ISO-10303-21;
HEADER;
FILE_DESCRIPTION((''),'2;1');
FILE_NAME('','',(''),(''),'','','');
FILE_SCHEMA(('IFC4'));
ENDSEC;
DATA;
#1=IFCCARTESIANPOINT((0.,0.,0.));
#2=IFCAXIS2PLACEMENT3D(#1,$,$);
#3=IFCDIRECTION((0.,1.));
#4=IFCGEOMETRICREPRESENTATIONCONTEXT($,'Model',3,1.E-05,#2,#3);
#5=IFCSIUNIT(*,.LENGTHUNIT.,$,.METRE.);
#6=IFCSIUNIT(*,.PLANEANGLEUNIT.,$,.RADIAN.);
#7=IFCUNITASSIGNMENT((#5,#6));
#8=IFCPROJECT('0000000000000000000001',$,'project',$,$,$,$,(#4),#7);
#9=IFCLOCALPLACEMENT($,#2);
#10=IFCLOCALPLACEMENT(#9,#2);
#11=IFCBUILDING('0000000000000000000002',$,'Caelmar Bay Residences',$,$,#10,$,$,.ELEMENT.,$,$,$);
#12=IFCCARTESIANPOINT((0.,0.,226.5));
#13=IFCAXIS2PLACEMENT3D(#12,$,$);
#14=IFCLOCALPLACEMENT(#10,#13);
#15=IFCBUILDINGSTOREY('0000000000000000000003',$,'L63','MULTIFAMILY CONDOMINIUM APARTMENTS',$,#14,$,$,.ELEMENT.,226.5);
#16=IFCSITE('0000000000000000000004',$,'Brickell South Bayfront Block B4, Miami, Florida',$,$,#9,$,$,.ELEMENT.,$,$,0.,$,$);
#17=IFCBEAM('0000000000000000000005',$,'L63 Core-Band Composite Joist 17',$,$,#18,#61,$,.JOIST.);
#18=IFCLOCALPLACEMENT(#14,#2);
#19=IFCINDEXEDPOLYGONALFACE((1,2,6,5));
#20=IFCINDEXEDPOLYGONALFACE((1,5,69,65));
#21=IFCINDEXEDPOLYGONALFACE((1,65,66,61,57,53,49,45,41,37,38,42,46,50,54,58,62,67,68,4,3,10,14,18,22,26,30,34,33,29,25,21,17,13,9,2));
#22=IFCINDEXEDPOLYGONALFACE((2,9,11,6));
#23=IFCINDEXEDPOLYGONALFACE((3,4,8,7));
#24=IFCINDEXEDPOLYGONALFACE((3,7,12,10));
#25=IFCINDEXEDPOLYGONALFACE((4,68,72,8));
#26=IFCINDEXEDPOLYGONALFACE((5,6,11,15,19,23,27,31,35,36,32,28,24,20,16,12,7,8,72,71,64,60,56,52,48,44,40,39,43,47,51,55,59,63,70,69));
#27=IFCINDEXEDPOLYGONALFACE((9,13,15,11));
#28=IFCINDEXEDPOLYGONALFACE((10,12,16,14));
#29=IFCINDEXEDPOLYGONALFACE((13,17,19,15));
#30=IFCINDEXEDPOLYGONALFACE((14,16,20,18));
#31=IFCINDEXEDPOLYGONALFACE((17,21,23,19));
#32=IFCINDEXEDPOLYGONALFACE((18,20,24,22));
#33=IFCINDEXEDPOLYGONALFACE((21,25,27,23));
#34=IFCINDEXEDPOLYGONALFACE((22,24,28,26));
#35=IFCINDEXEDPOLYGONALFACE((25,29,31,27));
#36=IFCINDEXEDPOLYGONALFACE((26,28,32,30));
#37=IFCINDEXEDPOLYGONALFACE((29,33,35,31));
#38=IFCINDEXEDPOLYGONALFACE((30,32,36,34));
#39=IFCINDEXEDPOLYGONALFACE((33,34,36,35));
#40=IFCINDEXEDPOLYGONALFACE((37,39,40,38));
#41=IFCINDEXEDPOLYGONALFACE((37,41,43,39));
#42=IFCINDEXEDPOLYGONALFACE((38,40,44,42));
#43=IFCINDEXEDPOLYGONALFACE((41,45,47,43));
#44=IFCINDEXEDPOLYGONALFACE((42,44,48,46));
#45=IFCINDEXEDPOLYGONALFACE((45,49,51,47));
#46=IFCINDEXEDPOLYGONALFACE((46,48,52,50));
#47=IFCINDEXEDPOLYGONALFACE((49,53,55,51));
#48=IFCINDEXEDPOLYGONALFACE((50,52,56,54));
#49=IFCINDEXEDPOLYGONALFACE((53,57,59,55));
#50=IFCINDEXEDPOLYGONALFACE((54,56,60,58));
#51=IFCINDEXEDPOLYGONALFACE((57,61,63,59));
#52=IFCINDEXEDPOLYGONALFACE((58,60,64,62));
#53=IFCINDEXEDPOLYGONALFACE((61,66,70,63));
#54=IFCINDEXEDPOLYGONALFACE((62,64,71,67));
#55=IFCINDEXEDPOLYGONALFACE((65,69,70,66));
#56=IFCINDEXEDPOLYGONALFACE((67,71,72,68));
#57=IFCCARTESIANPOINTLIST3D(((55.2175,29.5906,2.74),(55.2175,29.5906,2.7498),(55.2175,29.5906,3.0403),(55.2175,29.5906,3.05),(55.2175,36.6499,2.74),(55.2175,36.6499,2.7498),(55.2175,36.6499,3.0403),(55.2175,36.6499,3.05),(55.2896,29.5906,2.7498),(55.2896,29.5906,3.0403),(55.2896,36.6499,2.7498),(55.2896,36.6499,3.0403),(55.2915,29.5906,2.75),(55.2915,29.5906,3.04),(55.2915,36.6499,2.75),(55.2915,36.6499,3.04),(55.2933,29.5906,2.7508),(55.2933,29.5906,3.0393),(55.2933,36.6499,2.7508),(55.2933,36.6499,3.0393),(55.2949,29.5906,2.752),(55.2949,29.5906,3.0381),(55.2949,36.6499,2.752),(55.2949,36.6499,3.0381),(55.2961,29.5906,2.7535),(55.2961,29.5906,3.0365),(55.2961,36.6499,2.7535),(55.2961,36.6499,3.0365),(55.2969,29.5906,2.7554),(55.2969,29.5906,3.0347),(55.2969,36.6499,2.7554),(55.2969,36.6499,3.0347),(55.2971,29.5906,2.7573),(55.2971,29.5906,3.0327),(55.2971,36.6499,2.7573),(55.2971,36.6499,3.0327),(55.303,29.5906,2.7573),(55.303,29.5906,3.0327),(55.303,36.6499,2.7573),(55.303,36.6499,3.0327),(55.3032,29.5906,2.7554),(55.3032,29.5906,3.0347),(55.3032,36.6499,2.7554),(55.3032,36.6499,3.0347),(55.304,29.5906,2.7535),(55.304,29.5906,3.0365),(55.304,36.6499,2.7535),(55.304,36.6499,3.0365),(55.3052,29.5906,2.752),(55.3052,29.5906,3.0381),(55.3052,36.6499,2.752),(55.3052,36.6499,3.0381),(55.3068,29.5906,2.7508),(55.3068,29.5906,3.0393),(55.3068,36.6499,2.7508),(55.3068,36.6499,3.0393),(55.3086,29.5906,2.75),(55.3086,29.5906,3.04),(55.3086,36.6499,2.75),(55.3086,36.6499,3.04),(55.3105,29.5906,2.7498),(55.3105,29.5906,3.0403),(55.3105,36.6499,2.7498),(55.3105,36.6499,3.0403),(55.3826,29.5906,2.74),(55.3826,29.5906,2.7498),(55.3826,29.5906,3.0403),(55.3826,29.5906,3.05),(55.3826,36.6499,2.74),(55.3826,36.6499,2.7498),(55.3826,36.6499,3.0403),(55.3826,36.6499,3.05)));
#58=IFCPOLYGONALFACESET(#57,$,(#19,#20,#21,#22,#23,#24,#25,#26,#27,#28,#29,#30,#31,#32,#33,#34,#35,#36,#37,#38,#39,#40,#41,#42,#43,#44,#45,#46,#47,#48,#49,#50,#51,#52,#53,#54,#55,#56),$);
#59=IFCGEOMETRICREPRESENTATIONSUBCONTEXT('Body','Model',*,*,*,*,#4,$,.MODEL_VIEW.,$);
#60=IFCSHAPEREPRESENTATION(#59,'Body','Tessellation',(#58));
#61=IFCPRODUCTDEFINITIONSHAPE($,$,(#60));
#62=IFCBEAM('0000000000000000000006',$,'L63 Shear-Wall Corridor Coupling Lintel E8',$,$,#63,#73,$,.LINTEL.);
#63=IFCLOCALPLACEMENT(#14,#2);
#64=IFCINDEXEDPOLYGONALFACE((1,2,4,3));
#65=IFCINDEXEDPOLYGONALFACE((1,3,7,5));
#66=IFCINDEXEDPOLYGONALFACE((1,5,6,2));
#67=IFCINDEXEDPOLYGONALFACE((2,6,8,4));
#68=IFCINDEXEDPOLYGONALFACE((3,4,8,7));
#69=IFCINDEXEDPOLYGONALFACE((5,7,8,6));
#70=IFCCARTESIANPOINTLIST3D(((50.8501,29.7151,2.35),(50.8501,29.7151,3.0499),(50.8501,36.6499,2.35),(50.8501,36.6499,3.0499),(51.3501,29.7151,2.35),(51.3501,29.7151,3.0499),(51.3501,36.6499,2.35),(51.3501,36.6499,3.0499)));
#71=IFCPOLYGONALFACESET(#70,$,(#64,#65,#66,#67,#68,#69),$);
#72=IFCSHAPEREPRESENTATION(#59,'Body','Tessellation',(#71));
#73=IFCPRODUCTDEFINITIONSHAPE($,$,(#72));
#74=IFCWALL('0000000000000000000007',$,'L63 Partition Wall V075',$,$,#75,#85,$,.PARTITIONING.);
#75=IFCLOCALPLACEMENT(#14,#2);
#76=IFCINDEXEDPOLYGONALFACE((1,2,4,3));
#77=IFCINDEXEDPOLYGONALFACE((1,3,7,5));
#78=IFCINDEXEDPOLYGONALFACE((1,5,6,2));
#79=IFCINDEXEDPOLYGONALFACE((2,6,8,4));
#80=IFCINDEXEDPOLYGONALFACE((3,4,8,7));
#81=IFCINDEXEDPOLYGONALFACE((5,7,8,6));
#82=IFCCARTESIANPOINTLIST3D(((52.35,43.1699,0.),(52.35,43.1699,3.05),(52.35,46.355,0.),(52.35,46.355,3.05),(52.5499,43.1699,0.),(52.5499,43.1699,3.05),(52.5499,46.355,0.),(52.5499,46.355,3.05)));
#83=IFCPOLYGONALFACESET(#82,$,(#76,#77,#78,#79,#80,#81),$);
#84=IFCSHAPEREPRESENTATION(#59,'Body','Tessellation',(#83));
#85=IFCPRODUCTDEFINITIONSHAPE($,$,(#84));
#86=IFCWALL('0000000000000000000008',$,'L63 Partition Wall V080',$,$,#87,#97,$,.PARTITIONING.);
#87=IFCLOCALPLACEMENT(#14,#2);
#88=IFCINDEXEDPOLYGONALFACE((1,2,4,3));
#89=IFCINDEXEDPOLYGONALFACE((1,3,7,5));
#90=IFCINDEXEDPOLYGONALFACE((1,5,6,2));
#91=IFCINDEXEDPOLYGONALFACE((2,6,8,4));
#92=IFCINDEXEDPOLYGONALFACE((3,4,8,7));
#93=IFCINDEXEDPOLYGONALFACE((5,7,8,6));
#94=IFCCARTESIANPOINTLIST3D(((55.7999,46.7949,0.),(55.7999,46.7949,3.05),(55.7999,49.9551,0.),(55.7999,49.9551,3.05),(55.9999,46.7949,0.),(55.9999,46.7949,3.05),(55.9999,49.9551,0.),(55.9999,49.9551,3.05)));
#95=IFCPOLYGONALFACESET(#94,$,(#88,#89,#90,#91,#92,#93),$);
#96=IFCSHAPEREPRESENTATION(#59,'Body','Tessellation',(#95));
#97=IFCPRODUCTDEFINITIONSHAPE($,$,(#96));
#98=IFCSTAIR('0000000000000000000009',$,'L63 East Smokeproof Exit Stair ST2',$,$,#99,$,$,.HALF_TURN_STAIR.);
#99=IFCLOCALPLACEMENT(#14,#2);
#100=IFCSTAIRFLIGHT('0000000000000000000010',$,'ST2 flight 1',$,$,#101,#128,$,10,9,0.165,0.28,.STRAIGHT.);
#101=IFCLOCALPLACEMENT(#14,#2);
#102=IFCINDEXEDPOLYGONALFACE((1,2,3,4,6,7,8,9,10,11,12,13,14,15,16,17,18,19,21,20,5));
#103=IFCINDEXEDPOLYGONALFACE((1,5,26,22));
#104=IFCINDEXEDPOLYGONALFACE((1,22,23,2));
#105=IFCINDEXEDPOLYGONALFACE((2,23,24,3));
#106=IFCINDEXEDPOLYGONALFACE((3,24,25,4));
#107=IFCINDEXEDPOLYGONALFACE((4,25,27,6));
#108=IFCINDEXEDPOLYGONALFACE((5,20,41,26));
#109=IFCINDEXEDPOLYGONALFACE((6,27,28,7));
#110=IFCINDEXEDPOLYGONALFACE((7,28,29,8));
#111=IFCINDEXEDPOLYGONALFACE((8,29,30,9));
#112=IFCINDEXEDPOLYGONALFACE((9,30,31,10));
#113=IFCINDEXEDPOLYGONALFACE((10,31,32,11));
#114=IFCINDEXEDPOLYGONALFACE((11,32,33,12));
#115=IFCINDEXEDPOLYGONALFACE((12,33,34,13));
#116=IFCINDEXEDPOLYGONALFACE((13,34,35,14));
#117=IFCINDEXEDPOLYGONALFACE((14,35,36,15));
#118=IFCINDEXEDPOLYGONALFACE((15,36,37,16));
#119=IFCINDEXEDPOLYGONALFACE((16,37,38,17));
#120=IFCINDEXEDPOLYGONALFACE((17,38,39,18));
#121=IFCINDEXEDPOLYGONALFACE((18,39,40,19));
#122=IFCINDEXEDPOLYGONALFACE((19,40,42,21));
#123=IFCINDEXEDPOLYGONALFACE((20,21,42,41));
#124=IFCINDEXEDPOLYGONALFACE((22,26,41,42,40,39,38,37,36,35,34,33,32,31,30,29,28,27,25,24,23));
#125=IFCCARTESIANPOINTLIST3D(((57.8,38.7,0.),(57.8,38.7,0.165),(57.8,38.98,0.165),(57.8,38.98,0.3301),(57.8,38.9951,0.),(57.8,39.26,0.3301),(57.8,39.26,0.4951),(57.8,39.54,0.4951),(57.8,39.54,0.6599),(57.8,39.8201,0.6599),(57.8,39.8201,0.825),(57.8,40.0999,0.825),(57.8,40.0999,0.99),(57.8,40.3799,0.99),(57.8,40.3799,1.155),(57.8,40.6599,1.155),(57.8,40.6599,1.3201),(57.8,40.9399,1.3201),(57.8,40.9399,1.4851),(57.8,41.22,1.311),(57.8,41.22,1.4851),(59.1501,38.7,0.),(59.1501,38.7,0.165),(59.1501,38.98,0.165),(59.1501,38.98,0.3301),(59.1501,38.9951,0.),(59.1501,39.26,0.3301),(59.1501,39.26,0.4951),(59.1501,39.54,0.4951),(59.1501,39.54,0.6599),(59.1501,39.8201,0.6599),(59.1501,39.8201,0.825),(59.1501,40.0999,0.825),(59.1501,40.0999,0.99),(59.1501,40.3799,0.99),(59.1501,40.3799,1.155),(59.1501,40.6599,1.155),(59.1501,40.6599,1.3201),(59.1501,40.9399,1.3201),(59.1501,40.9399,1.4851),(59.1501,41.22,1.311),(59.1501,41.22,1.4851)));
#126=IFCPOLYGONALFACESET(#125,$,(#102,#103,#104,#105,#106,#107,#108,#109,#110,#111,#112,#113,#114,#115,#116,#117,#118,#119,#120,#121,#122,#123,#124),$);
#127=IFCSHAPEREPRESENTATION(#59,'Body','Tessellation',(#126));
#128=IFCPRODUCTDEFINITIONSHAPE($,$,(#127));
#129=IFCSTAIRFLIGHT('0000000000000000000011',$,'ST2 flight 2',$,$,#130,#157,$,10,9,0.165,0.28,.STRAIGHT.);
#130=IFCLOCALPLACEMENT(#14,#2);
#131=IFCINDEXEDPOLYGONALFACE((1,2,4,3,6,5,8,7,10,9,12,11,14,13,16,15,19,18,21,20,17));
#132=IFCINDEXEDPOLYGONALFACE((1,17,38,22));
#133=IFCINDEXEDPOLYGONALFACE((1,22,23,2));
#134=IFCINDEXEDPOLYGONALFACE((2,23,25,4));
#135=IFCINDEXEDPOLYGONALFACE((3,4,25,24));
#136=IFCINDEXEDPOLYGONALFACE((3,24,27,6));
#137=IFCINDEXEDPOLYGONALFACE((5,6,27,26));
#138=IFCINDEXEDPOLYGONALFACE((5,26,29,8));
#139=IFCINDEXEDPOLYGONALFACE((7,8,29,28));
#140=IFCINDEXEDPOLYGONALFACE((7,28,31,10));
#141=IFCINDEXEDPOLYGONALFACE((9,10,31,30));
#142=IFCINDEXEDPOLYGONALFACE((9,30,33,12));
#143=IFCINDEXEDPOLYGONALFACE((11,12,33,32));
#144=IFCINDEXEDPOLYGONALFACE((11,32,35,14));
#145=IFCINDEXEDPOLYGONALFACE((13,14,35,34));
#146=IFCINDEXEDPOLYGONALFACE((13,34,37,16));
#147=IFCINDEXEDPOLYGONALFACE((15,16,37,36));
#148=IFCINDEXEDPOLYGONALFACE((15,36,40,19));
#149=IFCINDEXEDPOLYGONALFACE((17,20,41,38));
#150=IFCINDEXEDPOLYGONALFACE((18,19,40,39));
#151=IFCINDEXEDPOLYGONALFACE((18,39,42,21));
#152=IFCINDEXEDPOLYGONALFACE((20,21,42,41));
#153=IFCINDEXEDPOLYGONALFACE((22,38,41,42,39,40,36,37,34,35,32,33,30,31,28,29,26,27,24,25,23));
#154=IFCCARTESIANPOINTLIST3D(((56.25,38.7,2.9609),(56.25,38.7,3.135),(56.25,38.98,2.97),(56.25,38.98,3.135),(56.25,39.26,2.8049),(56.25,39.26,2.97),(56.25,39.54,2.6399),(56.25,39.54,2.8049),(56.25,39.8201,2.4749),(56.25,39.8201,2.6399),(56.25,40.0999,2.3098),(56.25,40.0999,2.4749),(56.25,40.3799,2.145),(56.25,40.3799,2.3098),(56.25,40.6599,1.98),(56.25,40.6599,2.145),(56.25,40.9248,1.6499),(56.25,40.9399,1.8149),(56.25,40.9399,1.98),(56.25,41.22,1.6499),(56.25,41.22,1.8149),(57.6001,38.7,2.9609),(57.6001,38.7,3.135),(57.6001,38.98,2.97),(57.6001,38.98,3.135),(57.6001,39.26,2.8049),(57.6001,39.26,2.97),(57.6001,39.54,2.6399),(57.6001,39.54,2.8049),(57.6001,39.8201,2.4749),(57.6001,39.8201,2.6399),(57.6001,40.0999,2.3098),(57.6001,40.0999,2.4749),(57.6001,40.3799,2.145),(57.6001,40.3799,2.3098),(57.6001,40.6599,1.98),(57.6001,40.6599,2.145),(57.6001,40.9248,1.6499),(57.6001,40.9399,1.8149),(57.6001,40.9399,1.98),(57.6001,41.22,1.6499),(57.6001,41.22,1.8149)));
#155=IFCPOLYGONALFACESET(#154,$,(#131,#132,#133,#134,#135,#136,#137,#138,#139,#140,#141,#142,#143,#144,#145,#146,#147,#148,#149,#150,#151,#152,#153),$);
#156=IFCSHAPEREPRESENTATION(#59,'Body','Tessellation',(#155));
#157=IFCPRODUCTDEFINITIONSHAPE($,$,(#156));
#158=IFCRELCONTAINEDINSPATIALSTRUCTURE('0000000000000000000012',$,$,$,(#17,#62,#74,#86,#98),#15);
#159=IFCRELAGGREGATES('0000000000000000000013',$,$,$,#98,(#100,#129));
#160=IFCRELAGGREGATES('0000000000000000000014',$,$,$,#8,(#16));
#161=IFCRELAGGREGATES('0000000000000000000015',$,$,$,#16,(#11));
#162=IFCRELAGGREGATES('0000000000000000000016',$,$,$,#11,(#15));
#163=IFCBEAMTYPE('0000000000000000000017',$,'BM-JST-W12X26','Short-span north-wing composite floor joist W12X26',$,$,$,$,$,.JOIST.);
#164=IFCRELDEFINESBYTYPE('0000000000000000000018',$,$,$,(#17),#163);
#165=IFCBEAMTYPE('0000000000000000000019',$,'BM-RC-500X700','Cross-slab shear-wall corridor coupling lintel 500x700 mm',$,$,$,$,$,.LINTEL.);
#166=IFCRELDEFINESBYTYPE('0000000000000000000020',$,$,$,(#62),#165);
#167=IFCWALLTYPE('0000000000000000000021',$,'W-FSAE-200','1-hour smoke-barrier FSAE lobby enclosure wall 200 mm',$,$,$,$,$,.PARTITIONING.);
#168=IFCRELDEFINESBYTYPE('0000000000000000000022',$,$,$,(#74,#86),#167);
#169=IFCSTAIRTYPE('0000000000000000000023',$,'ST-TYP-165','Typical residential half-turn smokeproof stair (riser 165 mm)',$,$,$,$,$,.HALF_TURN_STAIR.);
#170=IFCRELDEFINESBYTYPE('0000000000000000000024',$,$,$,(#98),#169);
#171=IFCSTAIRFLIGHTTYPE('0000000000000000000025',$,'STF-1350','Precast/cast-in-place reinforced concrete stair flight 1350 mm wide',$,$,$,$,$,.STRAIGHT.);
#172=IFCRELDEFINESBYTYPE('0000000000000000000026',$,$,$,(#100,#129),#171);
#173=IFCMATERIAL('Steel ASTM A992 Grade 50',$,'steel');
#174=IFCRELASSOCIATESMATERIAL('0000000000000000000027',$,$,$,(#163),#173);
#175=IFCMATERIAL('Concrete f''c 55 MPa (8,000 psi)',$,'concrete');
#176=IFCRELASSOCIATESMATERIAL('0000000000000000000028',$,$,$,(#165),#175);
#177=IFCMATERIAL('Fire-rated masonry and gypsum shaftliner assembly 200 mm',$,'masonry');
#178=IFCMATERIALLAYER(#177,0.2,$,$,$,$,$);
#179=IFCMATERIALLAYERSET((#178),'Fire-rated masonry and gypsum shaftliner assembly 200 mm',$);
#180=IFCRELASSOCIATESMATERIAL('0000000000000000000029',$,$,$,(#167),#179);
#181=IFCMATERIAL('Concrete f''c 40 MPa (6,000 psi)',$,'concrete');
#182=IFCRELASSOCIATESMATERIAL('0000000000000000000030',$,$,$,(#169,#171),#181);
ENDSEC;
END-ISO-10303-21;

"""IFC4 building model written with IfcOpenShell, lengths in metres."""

from ifc_helpers import new_model, si_unit, direction, frame, frame_2d, origin, origin_2d, place, context, subcontext, project, spatial, polyline, rectangle, i_section, outline, extrude, material, layer, layer_set, material_profile, profile_set, type_object, element, aggregate, save


model = new_model("IFC4")

# Units and contexts
model_context = context("Model", 3, precision=1e-05, world=origin(), true_north=direction((0.0, 1.0)))
body_context = subcontext(model_context, "Body", "Model", "MODEL_VIEW")
ifc_project = project(units=[si_unit("LENGTHUNIT", "METRE"), si_unit("PLANEANGLEUNIT", "RADIAN")], contexts=[model_context])

# Site, building, storey
site_placement = place(None, origin())
site = spatial("IfcSite", under=ifc_project, at=site_placement, Name="Brickell South Bayfront Block B4, Miami, Florida", CompositionType="ELEMENT", RefElevation=0.0)
building_placement = place(site_placement, origin())
building = spatial("IfcBuilding", under=site, at=building_placement, Name="Caelmar Bay Residences", CompositionType="ELEMENT")
storey_placement = place(building_placement, frame((0.0, 0.0, 226.5)))
storey = spatial("IfcBuildingStorey", under=building, at=storey_placement, Name="L63", Description="MULTIFAMILY CONDOMINIUM APARTMENTS", CompositionType="ELEMENT", Elevation=226.5)

# Beams
ifc_material_1 = material(Name="Steel ASTM A992 Grade 50", Category="steel")
ifc_material_profile_1 = material_profile(ifc_material_1, i_section(OverallWidth=0.165, OverallDepth=0.3101, WebThickness=0.0059, FlangeThickness=0.0098, FilletRadius=0.0076, at=origin_2d()), Name="W12X26")
ifc_profile_set_1 = profile_set([ifc_material_profile_1], Name="Steel ASTM A992 Grade 50")
beam_type_1 = type_object("IfcBeamType", Name="BM-JST-W12X26", Description="Short-span north-wing composite floor joist W12X26", PredefinedType="JOIST", material=ifc_profile_set_1)
beam_1_placement = place(storey_placement, frame((55.3, 29.5906, 2.895), z_axis=(0.0, 1.0, 0.0), x_axis=(-1.0, 0.0, 0.0)))
element("IfcBeam", 1, at=beam_1_placement, inside=storey, type_object=beam_type_1, Name="L63 Core-Band Composite Joist 17", PredefinedType="JOIST", context=body_context, shape_type="SweptSolid", body=[
    extrude(i_section(OverallWidth=0.165, OverallDepth=0.3101, WebThickness=0.0059, FlangeThickness=0.0098, FilletRadius=0.0076, at=origin_2d()), origin(), (0.0, 0.0, 1.0), 7.0593),
])
ifc_material_2 = material(Name="Concrete f'c 55 MPa (8,000 psi)", Category="concrete")
ifc_material_profile_2 = material_profile(ifc_material_2, rectangle(XDim=0.5, YDim=0.7, at=origin_2d()), Name="RC-BM-500X700")
ifc_profile_set_2 = profile_set([ifc_material_profile_2], Name="Concrete f'c 55 MPa (8,000 psi)")
beam_type_2 = type_object("IfcBeamType", Name="BM-RC-500X700", Description="Cross-slab shear-wall corridor coupling lintel 500x700 mm", PredefinedType="LINTEL", material=ifc_profile_set_2)
beam_2_placement = place(storey_placement, frame((51.1001, 29.7151, 2.7), z_axis=(0.0, 1.0, 0.0), x_axis=(-1.0, 0.0, 0.0)))
element("IfcBeam", 2, at=beam_2_placement, inside=storey, type_object=beam_type_2, Name="L63 Shear-Wall Corridor Coupling Lintel E8", PredefinedType="LINTEL", context=body_context, shape_type="SweptSolid", body=[
    extrude(rectangle(XDim=0.5, YDim=0.7, at=origin_2d()), origin(), (0.0, 0.0, 1.0), 6.9348),
])

# Walls
ifc_material_3 = material(Name="Fire-rated masonry and gypsum shaftliner assembly 200 mm", Category="masonry")
ifc_layer_1 = layer(ifc_material_3, 0.2)
ifc_layer_set_1 = layer_set([ifc_layer_1], Name="Fire-rated masonry and gypsum shaftliner assembly 200 mm")
wall_type_1 = type_object("IfcWallType", Name="W-FSAE-200", Description="1-hour smoke-barrier FSAE lobby enclosure wall 200 mm", PredefinedType="PARTITIONING", material=ifc_layer_set_1)
wall_1_placement = place(storey_placement, frame((52.45, 43.1699, 0.0), z_axis=(0.0, 0.0, 1.0), x_axis=(0.0, 1.0, 0.0)))
element("IfcWall", 3, at=wall_1_placement, inside=storey, type_object=wall_type_1, Name="L63 Partition Wall V075", PredefinedType="PARTITIONING", context=body_context, shape_type="SweptSolid", body=[
    extrude(rectangle(XDim=3.1851, YDim=0.2, at=frame_2d((1.5925, 0.0))), origin(), (0.0, 0.0, 1.0), 3.05),
])
wall_2_placement = place(storey_placement, frame((55.8999, 46.7949, 0.0), z_axis=(0.0, 0.0, 1.0), x_axis=(0.0, 1.0, 0.0)))
element("IfcWall", 4, at=wall_2_placement, inside=storey, type_object=wall_type_1, Name="L63 Partition Wall V080", PredefinedType="PARTITIONING", context=body_context, shape_type="SweptSolid", body=[
    extrude(rectangle(XDim=3.1602, YDim=0.2, at=frame_2d((1.5801, 0.0))), origin(), (0.0, 0.0, 1.0), 3.05),
])

# Stair, stair flights
ifc_material_4 = material(Name="Concrete f'c 40 MPa (6,000 psi)", Category="concrete")
stair_type = type_object("IfcStairType", Name="ST-TYP-165", Description="Typical residential half-turn smokeproof stair (riser 165 mm)", PredefinedType="HALF_TURN_STAIR", material=ifc_material_4)
stair_placement = place(storey_placement, origin())
stair = element("IfcStair", 5, at=stair_placement, inside=storey, type_object=stair_type, Name="L63 East Smokeproof Exit Stair ST2", PredefinedType="HALF_TURN_STAIR")
stair_flight_type = type_object("IfcStairFlightType", Name="STF-1350", Description="Precast/cast-in-place reinforced concrete stair flight 1350 mm wide", PredefinedType="STRAIGHT", material=ifc_material_4)
stair_flight_1_placement = place(storey_placement, frame((58.4751, 38.7, 0.0), z_axis=(0.0, 0.0, 1.0), x_axis=(0.0, 1.0, 0.0)))
stair_flight_1 = element("IfcStairFlight", 6, at=stair_flight_1_placement, type_object=stair_flight_type, Name="ST2 flight 1", NumberOfRisers=10, NumberOfTreads=9, PredefinedType="STRAIGHT", RiserHeight=0.165, TreadLength=0.28, context=body_context, shape_type="SweptSolid", body=[
    extrude(outline(polyline([(0.0, 0.0), (0.0, 0.165), (0.28, 0.165), (0.28, 0.3301), (0.5601, 0.3301), (0.5601, 0.4951), (0.8401, 0.4951), (0.8401, 0.6599), (1.1201, 0.6599), (1.1201, 0.825), (1.3999, 0.825), (1.3999, 0.99), (1.6799, 0.99), (1.6799, 1.155), (1.96, 1.155), (1.96, 1.3201), (2.24, 1.3201), (2.24, 1.4851), (2.52, 1.4851), (2.52, 1.6499), (2.52, 1.311), (0.2952, 0.0), (0.0, 0.0)])), frame((0.0, 0.675, 0.0), z_axis=(0.0, -1.0, 0.0), x_axis=(1.0, 0.0, 0.0)), (0.0, 0.0, 1.0), 1.3501),
])
stair_flight_2_placement = place(storey_placement, frame((56.925, 41.22, 1.6499), z_axis=(0.0, 0.0, 1.0), x_axis=(0.0, -1.0, 0.0)))
stair_flight_2 = element("IfcStairFlight", 7, at=stair_flight_2_placement, type_object=stair_flight_type, Name="ST2 flight 2", NumberOfRisers=10, NumberOfTreads=9, PredefinedType="STRAIGHT", RiserHeight=0.165, TreadLength=0.28, context=body_context, shape_type="SweptSolid", body=[
    extrude(outline(polyline([(0.0, 0.0), (0.0, 0.165), (0.28, 0.165), (0.28, 0.3301), (0.5601, 0.3301), (0.5601, 0.4951), (0.8401, 0.4951), (0.8401, 0.6599), (1.1201, 0.6599), (1.1201, 0.825), (1.3999, 0.825), (1.3999, 0.99), (1.6799, 0.99), (1.6799, 1.155), (1.96, 1.155), (1.96, 1.3201), (2.24, 1.3201), (2.24, 1.4851), (2.52, 1.4851), (2.52, 1.6499), (2.52, 1.311), (0.2952, 0.0), (0.0, 0.0)])), frame((0.0, 0.675, 0.0), z_axis=(0.0, -1.0, 0.0), x_axis=(1.0, 0.0, 0.0)), (0.0, 0.0, 1.0), 1.3501),
])
aggregate(stair, [stair_flight_1, stair_flight_2])

save(model, "model.ifc")
